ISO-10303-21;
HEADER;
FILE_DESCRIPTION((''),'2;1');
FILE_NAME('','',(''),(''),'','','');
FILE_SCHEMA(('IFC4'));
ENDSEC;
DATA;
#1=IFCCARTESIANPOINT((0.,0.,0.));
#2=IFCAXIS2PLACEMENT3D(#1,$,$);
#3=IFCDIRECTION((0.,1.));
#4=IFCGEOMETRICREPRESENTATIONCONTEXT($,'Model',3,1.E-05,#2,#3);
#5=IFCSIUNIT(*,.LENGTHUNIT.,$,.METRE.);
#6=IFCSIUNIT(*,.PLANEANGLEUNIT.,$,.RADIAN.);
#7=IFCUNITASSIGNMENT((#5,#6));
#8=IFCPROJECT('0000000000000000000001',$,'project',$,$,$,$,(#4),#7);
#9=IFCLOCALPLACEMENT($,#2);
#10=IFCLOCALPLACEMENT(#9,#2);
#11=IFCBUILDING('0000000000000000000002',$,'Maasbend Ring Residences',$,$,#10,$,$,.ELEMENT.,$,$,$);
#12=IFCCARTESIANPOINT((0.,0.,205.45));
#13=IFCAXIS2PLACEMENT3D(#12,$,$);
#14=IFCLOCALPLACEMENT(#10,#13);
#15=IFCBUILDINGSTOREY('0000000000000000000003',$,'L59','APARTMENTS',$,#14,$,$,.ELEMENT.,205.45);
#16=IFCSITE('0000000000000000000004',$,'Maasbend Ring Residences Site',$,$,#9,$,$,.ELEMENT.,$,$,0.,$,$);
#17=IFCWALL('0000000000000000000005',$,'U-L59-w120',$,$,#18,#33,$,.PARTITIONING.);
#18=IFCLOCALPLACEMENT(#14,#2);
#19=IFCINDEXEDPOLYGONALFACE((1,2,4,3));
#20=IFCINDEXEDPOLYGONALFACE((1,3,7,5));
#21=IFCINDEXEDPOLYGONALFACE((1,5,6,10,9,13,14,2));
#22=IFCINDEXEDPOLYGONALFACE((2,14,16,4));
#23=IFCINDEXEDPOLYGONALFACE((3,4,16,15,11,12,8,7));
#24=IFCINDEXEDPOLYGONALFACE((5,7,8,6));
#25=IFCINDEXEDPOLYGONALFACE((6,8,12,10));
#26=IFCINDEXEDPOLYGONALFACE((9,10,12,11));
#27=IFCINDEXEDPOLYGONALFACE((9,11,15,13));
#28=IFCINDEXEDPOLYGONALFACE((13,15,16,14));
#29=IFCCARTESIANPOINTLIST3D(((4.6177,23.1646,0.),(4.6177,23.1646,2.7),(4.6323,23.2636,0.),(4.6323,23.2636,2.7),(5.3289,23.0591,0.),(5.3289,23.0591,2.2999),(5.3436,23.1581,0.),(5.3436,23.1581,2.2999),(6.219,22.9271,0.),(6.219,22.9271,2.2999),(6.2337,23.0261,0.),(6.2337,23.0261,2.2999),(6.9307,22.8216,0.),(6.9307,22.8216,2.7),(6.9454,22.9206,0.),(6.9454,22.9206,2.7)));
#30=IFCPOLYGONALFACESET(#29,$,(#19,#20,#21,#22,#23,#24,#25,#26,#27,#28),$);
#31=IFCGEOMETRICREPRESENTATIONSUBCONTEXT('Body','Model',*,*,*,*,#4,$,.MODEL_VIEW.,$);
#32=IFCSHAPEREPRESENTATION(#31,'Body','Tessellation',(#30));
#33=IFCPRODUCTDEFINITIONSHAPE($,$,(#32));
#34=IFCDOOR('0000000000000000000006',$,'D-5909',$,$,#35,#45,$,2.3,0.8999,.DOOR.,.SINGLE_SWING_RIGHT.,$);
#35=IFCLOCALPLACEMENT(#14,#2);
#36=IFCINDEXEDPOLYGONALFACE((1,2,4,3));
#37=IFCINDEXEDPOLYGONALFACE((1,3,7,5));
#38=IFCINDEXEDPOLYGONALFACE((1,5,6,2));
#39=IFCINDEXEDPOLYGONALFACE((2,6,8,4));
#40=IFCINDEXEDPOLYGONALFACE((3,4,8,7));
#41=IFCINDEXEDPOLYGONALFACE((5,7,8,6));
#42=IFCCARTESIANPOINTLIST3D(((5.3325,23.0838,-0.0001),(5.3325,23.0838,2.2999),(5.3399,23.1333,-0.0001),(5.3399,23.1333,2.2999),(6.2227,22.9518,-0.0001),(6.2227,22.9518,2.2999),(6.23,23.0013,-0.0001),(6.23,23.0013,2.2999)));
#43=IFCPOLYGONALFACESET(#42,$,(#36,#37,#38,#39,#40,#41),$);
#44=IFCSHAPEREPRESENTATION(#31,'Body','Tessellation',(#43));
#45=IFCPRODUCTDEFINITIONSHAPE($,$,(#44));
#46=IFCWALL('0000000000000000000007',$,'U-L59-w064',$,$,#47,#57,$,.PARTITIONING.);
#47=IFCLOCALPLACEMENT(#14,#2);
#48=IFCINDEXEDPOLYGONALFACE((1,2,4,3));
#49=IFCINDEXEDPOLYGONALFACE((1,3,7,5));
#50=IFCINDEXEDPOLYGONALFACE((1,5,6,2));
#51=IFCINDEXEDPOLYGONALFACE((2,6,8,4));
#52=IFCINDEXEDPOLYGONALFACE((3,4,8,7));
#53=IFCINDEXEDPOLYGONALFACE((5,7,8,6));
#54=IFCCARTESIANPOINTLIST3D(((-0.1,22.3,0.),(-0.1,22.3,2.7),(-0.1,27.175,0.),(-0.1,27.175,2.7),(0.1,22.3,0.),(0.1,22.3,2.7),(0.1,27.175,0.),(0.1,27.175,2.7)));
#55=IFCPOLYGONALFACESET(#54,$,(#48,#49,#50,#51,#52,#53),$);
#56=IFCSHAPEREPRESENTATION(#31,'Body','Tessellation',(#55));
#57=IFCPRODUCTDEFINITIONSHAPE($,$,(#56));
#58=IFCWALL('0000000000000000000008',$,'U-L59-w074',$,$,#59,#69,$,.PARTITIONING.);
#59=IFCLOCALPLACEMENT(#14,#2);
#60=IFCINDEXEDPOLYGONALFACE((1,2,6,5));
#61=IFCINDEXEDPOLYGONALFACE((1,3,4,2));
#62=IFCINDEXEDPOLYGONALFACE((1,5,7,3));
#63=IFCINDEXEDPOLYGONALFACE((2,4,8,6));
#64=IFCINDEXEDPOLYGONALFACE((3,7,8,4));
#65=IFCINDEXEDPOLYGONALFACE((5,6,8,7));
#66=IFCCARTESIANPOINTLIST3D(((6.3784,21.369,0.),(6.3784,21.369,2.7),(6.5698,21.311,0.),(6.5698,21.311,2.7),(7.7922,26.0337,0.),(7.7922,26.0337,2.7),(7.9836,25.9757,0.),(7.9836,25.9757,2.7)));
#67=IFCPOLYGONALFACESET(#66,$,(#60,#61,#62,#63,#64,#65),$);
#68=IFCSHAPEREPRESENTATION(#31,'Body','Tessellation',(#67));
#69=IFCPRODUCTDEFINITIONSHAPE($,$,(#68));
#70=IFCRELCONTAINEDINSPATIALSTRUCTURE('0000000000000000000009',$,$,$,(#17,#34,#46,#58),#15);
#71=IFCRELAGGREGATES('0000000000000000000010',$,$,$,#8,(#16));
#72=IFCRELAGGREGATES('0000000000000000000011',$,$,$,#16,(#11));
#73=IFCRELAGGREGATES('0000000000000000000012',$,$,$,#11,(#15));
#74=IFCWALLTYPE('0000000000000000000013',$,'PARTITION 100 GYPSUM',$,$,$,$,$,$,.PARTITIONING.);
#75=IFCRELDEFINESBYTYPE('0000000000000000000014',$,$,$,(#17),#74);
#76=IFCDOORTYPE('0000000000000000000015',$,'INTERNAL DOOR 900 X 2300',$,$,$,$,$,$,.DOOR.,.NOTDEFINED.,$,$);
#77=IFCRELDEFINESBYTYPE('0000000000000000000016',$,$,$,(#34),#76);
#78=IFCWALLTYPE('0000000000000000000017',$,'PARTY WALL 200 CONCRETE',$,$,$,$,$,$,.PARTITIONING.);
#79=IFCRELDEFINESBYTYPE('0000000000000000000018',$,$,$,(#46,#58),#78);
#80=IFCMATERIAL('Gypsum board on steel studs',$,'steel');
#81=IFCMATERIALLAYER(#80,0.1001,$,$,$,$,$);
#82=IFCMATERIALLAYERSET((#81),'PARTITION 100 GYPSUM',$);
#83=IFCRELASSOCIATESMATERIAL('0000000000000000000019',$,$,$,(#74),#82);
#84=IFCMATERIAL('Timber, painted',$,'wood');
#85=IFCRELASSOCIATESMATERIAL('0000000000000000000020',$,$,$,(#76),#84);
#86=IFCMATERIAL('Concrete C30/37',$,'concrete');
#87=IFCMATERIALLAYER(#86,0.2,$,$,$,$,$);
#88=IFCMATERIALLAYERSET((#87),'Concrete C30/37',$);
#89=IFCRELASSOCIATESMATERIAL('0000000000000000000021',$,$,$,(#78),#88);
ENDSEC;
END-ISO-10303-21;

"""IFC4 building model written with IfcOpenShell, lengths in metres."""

from ifc_helpers import new_model, si_unit, direction, frame, frame_2d, origin, place, context, subcontext, project, spatial, rectangle, extrude, material, layer, layer_set, type_object, element, fill, save


model = new_model("IFC4")

# Units and contexts
model_context = context("Model", 3, precision=1e-05, world=origin(), true_north=direction((0.0, 1.0)))
body_context = subcontext(model_context, "Body", "Model", "MODEL_VIEW")
ifc_project = project(units=[si_unit("LENGTHUNIT", "METRE"), si_unit("PLANEANGLEUNIT", "RADIAN")], contexts=[model_context])

# Site, building, storey
site_placement = place(None, origin())
site = spatial("IfcSite", under=ifc_project, at=site_placement, Name="Maasbend Ring Residences Site", CompositionType="ELEMENT", RefElevation=0.0)
building_placement = place(site_placement, origin())
building = spatial("IfcBuilding", under=site, at=building_placement, Name="Maasbend Ring Residences", CompositionType="ELEMENT")
storey_placement = place(building_placement, frame((0.0, 0.0, 205.45)))
storey = spatial("IfcBuildingStorey", under=building, at=storey_placement, Name="L59", Description="APARTMENTS", CompositionType="ELEMENT", Elevation=205.45)

# Shared definitions
ifc_material_1 = material(Name="Gypsum board on steel studs", Category="steel")
ifc_layer_1 = layer(ifc_material_1, 0.1001)
ifc_layer_set_1 = layer_set([ifc_layer_1], Name="PARTITION 100 GYPSUM")
wall_type_1 = type_object("IfcWallType", Name="PARTITION 100 GYPSUM", PredefinedType="PARTITIONING", material=ifc_layer_set_1)

# Wall, opening, door
ifc_material_2 = material(Name="Timber, painted", Category="wood")
door_type_1 = type_object("IfcDoorType", Name="INTERNAL DOOR 900 X 2300", OperationType="NOTDEFINED", PredefinedType="DOOR", material=ifc_material_2)
wall_1_placement = place(storey_placement, frame((4.625, 23.2141, 0.0), z_axis=(0.0, 0.0, 1.0), x_axis=(0.989182, -0.146696, 0.0)))
wall_1 = element("IfcWall", 1, at=wall_1_placement, inside=storey, type_object=wall_type_1, Name="U-L59-w120", PredefinedType="PARTITIONING", context=body_context, shape_type="SweptSolid", body=[
    extrude(rectangle(XDim=2.3384, YDim=0.1001, at=frame_2d((1.1692, 0.0))), origin(), (0.0, 0.0, 1.0), 2.7),
])
opening_1_placement = place(wall_1_placement, frame((0.719, 0.0, 0.0)))
opening_1 = element("IfcOpeningElement", 2, at=opening_1_placement, cuts=wall_1, PredefinedType="OPENING", context=body_context, shape_type="SweptSolid", body=[
    extrude(rectangle(XDim=0.8999, YDim=2.3, at=frame_2d((0.45, 1.1499))), frame((0.0, 0.0601, 0.0), z_axis=(0.0, -1.0, 0.0), x_axis=(1.0, 0.0, 0.0)), (0.0, 0.0, 1.0), 0.1201),
])
door_1_placement = place(opening_1_placement, origin())
door_1 = element("IfcDoor", 3, at=door_1_placement, inside=storey, type_object=door_type_1, Name="D-5909", OperationType="SINGLE_SWING_RIGHT", OverallHeight=2.3, OverallWidth=0.8999, PredefinedType="DOOR", context=body_context, shape_type="SweptSolid", body=[
    extrude(rectangle(XDim=0.8999, YDim=2.3, at=frame_2d((0.45, 1.1499))), frame((0.0, 0.0249, 0.0), z_axis=(0.0, -1.0, 0.0), x_axis=(1.0, 0.0, 0.0)), (0.0, 0.0, 1.0), 0.05),
])
fill(opening_1, door_1)

# Walls
ifc_material_3 = material(Name="Concrete C30/37", Category="concrete")
ifc_layer_2 = layer(ifc_material_3, 0.2)
ifc_layer_set_2 = layer_set([ifc_layer_2], Name="Concrete C30/37")
wall_type_2 = type_object("IfcWallType", Name="PARTY WALL 200 CONCRETE", PredefinedType="PARTITIONING", material=ifc_layer_set_2)
wall_2_placement = place(storey_placement, frame((0.0, 22.3, 0.0), z_axis=(0.0, 0.0, 1.0), x_axis=(0.0, 1.0, 0.0)))
element("IfcWall", 4, at=wall_2_placement, inside=storey, type_object=wall_type_2, Name="U-L59-w064", PredefinedType="PARTITIONING", context=body_context, shape_type="SweptSolid", body=[
    extrude(rectangle(XDim=4.875, YDim=0.2, at=frame_2d((2.4375, 0.0))), origin(), (0.0, 0.0, 1.0), 2.7),
])
wall_3_placement = place(storey_placement, frame((6.4741, 21.3401, 0.0), z_axis=(0.0, 0.0, 1.0), x_axis=(0.290053, 0.957011, 0.0)))
element("IfcWall", 5, at=wall_3_placement, inside=storey, type_object=wall_type_2, Name="U-L59-w074", PredefinedType="PARTITIONING", context=body_context, shape_type="SweptSolid", body=[
    extrude(rectangle(XDim=4.8743, YDim=0.2, at=frame_2d((2.437, 0.0))), origin(), (0.0, 0.0, 1.0), 2.7),
])

save(model, "model.ifc")
